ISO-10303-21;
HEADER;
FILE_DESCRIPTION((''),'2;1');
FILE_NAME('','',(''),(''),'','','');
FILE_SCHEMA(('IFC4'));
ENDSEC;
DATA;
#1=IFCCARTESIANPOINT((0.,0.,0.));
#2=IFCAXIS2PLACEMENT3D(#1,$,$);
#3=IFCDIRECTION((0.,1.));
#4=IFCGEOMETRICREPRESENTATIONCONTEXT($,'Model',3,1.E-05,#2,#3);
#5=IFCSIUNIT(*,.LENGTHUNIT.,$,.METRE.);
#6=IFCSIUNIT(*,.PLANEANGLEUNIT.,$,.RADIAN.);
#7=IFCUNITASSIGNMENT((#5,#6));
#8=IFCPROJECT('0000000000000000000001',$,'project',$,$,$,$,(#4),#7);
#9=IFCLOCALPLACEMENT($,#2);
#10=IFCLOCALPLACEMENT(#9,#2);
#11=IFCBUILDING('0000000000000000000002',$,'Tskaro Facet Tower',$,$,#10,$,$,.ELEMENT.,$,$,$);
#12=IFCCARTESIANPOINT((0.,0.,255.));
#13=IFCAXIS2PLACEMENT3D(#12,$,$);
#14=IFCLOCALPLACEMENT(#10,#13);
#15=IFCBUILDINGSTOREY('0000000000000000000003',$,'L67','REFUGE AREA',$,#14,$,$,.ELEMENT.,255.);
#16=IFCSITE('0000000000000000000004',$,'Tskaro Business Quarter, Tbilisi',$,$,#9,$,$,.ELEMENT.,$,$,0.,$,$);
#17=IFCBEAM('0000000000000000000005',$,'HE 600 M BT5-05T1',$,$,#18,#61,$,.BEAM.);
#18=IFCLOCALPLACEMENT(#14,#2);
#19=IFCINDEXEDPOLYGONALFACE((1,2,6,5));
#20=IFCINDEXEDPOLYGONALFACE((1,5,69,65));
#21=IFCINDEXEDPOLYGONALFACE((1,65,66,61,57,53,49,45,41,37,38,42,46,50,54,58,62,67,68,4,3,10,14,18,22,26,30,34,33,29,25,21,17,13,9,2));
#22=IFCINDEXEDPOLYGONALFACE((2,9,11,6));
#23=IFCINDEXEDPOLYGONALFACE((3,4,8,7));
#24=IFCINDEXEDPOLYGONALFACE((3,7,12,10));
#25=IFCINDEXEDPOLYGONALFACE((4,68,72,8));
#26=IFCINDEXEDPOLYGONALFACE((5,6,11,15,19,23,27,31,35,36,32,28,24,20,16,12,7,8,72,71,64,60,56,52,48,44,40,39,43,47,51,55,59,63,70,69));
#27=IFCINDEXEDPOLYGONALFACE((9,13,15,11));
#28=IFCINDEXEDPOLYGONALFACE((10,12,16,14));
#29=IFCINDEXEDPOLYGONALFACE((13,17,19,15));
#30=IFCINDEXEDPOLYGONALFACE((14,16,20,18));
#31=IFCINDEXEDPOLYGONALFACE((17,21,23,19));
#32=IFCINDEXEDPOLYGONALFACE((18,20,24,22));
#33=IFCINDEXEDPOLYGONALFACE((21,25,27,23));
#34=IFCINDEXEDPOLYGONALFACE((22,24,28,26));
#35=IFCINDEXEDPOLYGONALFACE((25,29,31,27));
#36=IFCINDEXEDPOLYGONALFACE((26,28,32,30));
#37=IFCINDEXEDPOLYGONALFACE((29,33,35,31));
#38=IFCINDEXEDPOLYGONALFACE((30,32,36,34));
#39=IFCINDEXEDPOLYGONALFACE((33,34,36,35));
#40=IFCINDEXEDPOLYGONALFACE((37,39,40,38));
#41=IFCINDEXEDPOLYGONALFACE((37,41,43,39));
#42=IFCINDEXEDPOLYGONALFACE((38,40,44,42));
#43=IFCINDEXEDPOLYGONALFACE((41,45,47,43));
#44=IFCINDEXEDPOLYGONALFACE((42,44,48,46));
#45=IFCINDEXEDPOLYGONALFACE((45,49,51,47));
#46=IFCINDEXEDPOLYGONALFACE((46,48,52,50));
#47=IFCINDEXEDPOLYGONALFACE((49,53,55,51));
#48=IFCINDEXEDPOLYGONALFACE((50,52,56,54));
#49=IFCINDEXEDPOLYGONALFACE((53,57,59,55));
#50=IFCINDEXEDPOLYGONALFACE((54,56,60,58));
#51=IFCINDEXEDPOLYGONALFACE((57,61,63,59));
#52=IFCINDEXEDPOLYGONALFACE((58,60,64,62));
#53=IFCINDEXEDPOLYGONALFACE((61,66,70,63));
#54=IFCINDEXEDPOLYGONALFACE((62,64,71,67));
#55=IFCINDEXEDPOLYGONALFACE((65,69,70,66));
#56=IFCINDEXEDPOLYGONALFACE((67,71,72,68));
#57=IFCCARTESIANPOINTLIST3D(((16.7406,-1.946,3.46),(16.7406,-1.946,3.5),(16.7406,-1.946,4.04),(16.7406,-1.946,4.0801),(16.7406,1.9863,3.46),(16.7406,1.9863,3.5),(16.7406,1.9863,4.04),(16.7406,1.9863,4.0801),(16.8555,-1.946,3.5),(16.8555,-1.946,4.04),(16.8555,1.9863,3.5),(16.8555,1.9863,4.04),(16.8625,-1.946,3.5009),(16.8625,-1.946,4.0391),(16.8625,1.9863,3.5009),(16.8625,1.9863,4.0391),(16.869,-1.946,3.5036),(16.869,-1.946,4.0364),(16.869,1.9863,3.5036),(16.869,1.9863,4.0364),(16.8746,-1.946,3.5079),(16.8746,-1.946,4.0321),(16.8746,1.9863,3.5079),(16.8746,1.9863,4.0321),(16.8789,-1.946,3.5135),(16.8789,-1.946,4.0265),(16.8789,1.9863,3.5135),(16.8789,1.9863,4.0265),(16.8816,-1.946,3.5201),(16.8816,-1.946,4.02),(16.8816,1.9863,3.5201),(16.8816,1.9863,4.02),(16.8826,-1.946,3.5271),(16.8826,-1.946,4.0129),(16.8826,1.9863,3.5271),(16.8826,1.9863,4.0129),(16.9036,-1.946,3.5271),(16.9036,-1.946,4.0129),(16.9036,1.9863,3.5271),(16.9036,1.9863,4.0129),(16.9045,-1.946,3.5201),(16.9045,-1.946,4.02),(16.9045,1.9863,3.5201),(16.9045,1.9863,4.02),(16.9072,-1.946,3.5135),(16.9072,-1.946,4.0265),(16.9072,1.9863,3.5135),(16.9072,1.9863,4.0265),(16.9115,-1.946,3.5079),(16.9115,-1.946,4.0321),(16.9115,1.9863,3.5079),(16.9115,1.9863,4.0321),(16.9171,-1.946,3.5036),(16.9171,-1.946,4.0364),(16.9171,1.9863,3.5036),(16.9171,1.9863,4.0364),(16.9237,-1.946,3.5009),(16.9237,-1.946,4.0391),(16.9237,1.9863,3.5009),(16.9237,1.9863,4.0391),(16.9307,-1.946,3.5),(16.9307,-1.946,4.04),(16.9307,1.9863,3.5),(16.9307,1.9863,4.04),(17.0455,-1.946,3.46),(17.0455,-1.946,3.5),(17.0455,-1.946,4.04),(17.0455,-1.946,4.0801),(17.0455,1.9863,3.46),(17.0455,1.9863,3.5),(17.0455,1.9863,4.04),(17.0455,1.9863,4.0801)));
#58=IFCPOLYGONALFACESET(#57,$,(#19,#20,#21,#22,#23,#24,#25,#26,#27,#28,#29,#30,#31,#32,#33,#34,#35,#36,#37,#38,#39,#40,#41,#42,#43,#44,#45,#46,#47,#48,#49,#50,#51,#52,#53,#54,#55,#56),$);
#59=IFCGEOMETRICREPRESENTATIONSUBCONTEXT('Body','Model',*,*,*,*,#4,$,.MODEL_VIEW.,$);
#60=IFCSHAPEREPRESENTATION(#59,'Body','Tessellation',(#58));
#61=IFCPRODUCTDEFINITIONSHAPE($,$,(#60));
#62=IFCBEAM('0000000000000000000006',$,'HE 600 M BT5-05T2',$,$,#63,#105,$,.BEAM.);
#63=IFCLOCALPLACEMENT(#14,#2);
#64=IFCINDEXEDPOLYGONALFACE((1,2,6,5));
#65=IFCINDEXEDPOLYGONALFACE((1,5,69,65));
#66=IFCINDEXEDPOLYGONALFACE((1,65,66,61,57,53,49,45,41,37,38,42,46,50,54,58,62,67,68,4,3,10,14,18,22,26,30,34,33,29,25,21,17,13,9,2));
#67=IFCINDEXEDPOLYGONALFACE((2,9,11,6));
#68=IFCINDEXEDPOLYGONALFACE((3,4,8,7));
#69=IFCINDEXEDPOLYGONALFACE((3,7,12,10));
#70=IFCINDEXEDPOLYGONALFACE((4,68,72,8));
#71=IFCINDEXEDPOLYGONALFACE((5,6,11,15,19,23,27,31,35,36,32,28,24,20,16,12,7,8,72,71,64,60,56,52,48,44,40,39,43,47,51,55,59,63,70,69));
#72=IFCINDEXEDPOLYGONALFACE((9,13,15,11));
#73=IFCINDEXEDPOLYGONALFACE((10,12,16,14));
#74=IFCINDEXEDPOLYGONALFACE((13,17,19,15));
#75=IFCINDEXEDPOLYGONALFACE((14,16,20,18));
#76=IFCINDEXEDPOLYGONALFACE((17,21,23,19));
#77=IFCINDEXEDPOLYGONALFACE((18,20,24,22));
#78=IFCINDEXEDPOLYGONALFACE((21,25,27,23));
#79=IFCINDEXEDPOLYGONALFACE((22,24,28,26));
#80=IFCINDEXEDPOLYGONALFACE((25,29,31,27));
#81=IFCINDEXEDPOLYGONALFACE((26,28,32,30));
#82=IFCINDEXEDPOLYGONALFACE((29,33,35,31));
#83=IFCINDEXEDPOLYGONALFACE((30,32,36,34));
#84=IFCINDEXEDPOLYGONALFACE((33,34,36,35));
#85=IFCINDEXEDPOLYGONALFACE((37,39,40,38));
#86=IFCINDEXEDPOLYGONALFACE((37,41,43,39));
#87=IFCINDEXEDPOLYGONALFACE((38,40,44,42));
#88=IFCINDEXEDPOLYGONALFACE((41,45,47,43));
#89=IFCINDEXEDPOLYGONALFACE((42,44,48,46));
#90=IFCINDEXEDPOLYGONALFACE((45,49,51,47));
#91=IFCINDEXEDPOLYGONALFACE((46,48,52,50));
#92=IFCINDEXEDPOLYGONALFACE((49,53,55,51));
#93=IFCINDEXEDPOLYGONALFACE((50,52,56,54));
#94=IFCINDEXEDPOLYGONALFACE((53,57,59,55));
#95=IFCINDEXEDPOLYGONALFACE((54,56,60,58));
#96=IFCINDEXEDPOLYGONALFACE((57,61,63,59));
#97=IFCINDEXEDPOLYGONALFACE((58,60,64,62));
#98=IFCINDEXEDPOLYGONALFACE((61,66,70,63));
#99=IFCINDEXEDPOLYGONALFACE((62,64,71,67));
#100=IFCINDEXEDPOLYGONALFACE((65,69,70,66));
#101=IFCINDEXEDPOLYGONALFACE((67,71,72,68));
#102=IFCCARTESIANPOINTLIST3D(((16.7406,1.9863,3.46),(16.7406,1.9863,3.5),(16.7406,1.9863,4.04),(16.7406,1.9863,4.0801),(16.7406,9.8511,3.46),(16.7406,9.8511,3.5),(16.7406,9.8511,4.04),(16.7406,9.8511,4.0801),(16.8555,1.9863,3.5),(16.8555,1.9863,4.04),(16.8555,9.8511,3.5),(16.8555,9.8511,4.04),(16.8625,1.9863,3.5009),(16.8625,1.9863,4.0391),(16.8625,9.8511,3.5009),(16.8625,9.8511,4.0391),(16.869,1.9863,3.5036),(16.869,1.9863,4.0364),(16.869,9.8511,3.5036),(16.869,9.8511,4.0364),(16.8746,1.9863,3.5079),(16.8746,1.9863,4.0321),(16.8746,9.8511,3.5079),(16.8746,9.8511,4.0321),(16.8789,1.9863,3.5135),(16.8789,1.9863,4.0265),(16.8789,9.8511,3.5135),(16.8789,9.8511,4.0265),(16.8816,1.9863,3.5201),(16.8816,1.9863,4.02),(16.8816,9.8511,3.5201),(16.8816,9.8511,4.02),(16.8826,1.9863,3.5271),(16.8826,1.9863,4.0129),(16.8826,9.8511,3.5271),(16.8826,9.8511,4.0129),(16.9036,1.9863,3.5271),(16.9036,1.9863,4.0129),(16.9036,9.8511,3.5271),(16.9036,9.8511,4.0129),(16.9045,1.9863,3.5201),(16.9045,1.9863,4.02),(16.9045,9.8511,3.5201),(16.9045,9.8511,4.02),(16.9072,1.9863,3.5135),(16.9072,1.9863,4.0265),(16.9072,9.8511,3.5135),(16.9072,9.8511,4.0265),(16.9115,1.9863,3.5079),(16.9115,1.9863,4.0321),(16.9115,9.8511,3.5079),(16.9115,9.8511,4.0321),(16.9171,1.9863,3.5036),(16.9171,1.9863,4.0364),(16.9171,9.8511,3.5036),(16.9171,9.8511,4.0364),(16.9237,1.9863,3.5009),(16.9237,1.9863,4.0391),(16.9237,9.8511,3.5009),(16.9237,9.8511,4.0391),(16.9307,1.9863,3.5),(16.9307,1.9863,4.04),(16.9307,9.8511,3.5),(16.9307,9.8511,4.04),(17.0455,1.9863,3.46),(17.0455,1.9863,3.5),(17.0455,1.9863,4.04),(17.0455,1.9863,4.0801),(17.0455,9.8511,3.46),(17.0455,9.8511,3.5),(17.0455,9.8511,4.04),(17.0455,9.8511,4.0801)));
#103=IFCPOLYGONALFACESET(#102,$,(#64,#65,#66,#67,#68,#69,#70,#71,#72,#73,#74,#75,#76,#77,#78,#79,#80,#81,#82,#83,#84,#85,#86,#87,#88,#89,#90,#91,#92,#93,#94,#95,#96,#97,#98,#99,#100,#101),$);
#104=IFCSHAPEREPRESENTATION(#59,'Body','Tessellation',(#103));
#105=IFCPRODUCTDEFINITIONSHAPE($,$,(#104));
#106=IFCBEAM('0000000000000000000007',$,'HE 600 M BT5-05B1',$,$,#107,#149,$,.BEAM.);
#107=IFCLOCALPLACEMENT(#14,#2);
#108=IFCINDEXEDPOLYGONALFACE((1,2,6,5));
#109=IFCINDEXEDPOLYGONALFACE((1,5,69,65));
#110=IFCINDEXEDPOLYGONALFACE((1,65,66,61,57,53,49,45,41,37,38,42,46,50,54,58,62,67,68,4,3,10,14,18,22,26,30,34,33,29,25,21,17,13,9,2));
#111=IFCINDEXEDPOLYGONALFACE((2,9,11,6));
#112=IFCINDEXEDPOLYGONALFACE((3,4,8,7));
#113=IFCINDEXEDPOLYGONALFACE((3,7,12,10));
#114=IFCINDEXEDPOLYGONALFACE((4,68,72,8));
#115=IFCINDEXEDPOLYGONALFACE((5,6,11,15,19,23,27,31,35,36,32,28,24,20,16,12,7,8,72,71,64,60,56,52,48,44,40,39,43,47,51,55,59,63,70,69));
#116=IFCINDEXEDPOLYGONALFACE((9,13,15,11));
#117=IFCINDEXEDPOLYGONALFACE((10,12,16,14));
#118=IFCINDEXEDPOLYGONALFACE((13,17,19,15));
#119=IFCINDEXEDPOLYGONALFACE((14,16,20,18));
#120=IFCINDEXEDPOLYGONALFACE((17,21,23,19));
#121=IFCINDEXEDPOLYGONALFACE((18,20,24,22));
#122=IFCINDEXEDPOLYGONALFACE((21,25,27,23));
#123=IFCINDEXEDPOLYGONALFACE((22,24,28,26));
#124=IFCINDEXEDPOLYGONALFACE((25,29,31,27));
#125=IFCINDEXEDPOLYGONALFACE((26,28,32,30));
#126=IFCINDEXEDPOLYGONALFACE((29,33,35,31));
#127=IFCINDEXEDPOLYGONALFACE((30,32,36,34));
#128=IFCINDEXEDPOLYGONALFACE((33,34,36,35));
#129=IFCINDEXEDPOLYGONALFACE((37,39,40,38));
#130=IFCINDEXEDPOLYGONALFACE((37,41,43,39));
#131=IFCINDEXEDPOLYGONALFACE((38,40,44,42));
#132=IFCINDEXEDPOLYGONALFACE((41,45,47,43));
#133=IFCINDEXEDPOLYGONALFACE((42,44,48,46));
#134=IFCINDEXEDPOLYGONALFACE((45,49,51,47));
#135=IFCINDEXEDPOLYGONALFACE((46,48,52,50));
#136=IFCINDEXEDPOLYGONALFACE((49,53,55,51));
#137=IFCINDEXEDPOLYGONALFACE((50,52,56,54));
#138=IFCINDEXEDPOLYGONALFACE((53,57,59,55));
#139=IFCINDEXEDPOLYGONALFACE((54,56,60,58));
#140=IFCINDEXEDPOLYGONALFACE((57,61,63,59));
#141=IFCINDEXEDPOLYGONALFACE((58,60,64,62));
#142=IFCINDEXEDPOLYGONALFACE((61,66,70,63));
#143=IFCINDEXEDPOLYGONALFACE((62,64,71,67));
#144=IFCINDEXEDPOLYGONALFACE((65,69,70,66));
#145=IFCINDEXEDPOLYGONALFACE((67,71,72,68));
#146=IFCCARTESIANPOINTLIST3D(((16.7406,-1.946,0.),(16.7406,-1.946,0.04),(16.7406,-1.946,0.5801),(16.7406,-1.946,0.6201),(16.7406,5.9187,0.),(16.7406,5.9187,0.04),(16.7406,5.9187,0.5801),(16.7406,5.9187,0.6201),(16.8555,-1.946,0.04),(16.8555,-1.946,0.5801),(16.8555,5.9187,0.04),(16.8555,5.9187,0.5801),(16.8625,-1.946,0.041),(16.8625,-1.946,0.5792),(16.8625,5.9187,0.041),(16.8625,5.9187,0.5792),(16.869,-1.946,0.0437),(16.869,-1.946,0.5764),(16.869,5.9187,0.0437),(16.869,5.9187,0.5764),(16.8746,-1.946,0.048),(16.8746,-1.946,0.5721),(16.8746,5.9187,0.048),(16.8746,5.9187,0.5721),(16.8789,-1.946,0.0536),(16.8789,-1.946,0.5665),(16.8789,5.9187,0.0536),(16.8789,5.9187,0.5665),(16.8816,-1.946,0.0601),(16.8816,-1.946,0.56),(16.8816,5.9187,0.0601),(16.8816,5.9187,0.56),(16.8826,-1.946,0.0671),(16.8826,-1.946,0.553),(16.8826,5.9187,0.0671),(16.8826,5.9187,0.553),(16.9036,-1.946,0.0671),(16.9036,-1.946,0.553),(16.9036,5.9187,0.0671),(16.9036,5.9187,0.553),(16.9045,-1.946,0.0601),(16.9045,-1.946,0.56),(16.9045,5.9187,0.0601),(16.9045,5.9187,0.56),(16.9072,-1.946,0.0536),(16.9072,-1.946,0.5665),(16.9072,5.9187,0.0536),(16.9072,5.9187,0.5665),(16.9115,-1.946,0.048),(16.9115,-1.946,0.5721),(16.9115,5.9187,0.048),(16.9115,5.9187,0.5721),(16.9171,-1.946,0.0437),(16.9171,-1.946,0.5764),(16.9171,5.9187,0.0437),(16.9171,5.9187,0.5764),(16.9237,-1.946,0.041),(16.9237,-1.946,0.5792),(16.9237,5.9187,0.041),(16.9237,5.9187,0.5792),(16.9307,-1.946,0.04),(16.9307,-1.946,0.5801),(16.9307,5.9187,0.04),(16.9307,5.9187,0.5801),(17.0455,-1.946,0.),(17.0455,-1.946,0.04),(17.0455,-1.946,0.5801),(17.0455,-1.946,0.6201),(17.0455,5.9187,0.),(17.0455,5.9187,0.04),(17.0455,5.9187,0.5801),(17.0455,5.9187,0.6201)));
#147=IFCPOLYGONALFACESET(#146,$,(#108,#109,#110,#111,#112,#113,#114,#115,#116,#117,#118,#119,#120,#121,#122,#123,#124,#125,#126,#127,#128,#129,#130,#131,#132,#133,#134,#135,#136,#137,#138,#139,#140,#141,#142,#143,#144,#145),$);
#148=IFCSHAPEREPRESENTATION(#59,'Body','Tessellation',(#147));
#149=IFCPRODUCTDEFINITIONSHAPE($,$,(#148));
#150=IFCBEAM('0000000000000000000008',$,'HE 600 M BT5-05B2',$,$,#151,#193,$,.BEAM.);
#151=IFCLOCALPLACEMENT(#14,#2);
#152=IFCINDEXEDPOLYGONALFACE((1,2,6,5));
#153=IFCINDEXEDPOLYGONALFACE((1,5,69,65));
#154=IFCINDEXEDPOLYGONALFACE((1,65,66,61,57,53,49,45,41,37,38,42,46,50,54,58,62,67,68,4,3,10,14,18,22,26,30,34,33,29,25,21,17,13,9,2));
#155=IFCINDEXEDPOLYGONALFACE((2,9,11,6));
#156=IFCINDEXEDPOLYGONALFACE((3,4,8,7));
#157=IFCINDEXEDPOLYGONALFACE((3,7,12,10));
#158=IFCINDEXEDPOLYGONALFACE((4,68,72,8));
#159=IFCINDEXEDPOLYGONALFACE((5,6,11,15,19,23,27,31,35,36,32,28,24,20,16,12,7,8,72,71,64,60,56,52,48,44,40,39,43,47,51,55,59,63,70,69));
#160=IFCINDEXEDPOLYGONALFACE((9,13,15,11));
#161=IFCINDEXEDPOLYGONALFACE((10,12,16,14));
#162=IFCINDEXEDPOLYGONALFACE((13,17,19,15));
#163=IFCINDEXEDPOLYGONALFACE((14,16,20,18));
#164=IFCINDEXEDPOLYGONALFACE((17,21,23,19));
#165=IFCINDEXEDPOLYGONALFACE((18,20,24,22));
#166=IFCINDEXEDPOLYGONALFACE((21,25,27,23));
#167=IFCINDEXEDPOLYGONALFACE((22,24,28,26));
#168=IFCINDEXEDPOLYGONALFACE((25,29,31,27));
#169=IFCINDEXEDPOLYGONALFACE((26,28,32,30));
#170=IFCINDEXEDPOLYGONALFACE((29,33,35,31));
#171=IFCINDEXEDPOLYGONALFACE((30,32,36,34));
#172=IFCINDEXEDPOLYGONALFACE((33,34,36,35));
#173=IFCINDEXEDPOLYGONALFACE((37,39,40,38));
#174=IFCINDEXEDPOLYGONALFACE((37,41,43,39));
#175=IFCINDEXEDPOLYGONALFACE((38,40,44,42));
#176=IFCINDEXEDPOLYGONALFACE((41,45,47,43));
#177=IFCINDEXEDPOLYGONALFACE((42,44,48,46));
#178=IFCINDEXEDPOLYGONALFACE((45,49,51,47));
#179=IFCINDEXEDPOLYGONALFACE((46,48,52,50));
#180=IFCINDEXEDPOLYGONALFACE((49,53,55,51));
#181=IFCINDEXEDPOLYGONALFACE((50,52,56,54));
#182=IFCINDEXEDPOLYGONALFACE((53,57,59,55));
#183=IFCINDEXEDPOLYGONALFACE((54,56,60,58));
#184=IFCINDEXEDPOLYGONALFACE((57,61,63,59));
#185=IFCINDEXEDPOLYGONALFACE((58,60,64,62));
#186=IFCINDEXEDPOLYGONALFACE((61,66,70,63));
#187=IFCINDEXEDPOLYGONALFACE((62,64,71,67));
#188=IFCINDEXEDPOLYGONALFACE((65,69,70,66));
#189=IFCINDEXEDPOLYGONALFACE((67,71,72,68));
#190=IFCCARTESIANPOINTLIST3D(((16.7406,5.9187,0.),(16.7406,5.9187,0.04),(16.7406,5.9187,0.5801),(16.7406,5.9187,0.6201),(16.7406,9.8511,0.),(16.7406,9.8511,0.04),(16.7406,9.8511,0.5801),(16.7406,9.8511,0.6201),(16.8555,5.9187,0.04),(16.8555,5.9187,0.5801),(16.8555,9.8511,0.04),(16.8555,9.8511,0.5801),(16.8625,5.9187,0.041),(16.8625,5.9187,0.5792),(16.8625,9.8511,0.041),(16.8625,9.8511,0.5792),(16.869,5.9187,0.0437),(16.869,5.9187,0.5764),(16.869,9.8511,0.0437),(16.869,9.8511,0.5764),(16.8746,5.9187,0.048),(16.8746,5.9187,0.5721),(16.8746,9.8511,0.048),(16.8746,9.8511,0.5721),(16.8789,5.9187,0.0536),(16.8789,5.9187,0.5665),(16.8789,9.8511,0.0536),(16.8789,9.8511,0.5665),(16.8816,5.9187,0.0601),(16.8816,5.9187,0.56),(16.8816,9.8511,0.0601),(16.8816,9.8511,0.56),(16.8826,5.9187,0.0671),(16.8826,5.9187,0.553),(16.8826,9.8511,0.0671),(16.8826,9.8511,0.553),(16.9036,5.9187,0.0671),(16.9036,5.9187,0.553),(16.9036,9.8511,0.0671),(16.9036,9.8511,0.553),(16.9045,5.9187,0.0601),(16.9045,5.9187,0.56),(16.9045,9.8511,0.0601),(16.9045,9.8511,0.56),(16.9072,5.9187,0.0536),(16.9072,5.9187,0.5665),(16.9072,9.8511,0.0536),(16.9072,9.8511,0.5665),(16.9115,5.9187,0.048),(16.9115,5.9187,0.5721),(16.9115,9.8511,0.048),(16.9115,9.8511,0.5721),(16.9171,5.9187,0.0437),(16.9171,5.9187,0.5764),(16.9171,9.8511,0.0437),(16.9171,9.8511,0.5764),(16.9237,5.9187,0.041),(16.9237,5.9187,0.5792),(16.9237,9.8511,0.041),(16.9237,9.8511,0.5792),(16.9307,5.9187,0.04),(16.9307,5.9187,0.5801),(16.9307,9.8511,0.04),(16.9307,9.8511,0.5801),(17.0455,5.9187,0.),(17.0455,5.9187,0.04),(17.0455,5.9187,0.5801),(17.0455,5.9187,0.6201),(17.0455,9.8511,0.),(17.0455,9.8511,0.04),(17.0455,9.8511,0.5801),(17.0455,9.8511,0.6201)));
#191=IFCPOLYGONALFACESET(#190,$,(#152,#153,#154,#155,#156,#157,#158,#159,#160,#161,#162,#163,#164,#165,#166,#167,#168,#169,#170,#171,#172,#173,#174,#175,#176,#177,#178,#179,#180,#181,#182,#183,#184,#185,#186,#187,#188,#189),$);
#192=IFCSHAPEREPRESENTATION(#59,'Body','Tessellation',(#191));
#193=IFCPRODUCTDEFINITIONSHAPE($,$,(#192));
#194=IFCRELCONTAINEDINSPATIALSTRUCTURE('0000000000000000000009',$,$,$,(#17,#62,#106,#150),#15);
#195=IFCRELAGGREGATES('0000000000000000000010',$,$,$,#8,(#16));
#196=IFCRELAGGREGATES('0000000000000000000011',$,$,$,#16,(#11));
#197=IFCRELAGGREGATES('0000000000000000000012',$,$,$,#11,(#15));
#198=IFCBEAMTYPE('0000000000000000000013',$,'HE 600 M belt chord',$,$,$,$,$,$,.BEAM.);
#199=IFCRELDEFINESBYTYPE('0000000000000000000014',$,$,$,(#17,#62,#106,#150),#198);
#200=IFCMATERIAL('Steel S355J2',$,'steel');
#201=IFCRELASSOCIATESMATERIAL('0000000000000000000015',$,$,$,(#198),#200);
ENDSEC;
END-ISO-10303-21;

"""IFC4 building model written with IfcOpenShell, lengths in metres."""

from ifc_helpers import new_model, si_unit, direction, frame, origin, origin_2d, place, context, subcontext, project, spatial, i_section, extrude, material, material_profile, profile_set, type_object, element, save


model = new_model("IFC4")

# Units and contexts
model_context = context("Model", 3, precision=1e-05, world=origin(), true_north=direction((0.0, 1.0)))
body_context = subcontext(model_context, "Body", "Model", "MODEL_VIEW")
ifc_project = project(units=[si_unit("LENGTHUNIT", "METRE"), si_unit("PLANEANGLEUNIT", "RADIAN")], contexts=[model_context])

# Site, building, storey
site_placement = place(None, origin())
site = spatial("IfcSite", under=ifc_project, at=site_placement, Name="Tskaro Business Quarter, Tbilisi", CompositionType="ELEMENT", RefElevation=0.0)
building_placement = place(site_placement, origin())
building = spatial("IfcBuilding", under=site, at=building_placement, Name="Tskaro Facet Tower", CompositionType="ELEMENT")
storey_placement = place(building_placement, frame((0.0, 0.0, 255.0)))
storey = spatial("IfcBuildingStorey", under=building, at=storey_placement, Name="L67", Description="REFUGE AREA", CompositionType="ELEMENT", Elevation=255.0)

# Shared definitions
ifc_material_1 = material(Name="Steel S355J2", Category="steel")

# Beams
ifc_material_profile_1 = material_profile(ifc_material_1, i_section(OverallWidth=0.3049, OverallDepth=0.6201, WebThickness=0.021, FlangeThickness=0.04, FilletRadius=0.0271, at=origin_2d()), Name="HE 600 M")
ifc_profile_set_1 = profile_set([ifc_material_profile_1], Name="Steel S355J2")
beam_type_1 = type_object("IfcBeamType", Name="HE 600 M belt chord", PredefinedType="BEAM", material=ifc_profile_set_1)
beam_1_placement = place(storey_placement, frame((16.8931, -1.946, 3.77), z_axis=(0.0, 1.0, 0.0), x_axis=(-1.0, 0.0, 0.0)))
element("IfcBeam", 1, at=beam_1_placement, inside=storey, type_object=beam_type_1, Name="HE 600 M BT5-05T1", PredefinedType="BEAM", context=body_context, shape_type="SweptSolid", body=[
    extrude(i_section(OverallWidth=0.3049, OverallDepth=0.6201, WebThickness=0.021, FlangeThickness=0.04, FilletRadius=0.0271, at=origin_2d()), origin(), (0.0, 0.0, 1.0), 3.9324),
])
for number, where, z_axis, x_axis, name in (
    (2, (16.8931, 1.9863, 3.77), (0.0, 1.0, 0.0), (-1.0, 0.0, 0.0), "HE 600 M BT5-05T2"),
    (3, (16.8931, -1.946, 0.3101), (0.0, 1.0, 0.0), (-1.0, 0.0, 0.0), "HE 600 M BT5-05B1"),
):
    element("IfcBeam", number, at=place(storey_placement, frame(where, z_axis=z_axis, x_axis=x_axis)), inside=storey, type_object=beam_type_1, Name=name, PredefinedType="BEAM", context=body_context, shape_type="SweptSolid", body=[
        extrude(i_section(OverallWidth=0.3049, OverallDepth=0.6201, WebThickness=0.021, FlangeThickness=0.04, FilletRadius=0.0271, at=origin_2d()), origin(), (0.0, 0.0, 1.0), 7.8647),
    ])
beam_2_placement = place(storey_placement, frame((16.8931, 5.9187, 0.3101), z_axis=(0.0, 1.0, 0.0), x_axis=(-1.0, 0.0, 0.0)))
element("IfcBeam", 4, at=beam_2_placement, inside=storey, type_object=beam_type_1, Name="HE 600 M BT5-05B2", PredefinedType="BEAM", context=body_context, shape_type="SweptSolid", body=[
    extrude(i_section(OverallWidth=0.3049, OverallDepth=0.6201, WebThickness=0.021, FlangeThickness=0.04, FilletRadius=0.0271, at=origin_2d()), origin(), (0.0, 0.0, 1.0), 3.9324),
])

save(model, "model.ifc")
